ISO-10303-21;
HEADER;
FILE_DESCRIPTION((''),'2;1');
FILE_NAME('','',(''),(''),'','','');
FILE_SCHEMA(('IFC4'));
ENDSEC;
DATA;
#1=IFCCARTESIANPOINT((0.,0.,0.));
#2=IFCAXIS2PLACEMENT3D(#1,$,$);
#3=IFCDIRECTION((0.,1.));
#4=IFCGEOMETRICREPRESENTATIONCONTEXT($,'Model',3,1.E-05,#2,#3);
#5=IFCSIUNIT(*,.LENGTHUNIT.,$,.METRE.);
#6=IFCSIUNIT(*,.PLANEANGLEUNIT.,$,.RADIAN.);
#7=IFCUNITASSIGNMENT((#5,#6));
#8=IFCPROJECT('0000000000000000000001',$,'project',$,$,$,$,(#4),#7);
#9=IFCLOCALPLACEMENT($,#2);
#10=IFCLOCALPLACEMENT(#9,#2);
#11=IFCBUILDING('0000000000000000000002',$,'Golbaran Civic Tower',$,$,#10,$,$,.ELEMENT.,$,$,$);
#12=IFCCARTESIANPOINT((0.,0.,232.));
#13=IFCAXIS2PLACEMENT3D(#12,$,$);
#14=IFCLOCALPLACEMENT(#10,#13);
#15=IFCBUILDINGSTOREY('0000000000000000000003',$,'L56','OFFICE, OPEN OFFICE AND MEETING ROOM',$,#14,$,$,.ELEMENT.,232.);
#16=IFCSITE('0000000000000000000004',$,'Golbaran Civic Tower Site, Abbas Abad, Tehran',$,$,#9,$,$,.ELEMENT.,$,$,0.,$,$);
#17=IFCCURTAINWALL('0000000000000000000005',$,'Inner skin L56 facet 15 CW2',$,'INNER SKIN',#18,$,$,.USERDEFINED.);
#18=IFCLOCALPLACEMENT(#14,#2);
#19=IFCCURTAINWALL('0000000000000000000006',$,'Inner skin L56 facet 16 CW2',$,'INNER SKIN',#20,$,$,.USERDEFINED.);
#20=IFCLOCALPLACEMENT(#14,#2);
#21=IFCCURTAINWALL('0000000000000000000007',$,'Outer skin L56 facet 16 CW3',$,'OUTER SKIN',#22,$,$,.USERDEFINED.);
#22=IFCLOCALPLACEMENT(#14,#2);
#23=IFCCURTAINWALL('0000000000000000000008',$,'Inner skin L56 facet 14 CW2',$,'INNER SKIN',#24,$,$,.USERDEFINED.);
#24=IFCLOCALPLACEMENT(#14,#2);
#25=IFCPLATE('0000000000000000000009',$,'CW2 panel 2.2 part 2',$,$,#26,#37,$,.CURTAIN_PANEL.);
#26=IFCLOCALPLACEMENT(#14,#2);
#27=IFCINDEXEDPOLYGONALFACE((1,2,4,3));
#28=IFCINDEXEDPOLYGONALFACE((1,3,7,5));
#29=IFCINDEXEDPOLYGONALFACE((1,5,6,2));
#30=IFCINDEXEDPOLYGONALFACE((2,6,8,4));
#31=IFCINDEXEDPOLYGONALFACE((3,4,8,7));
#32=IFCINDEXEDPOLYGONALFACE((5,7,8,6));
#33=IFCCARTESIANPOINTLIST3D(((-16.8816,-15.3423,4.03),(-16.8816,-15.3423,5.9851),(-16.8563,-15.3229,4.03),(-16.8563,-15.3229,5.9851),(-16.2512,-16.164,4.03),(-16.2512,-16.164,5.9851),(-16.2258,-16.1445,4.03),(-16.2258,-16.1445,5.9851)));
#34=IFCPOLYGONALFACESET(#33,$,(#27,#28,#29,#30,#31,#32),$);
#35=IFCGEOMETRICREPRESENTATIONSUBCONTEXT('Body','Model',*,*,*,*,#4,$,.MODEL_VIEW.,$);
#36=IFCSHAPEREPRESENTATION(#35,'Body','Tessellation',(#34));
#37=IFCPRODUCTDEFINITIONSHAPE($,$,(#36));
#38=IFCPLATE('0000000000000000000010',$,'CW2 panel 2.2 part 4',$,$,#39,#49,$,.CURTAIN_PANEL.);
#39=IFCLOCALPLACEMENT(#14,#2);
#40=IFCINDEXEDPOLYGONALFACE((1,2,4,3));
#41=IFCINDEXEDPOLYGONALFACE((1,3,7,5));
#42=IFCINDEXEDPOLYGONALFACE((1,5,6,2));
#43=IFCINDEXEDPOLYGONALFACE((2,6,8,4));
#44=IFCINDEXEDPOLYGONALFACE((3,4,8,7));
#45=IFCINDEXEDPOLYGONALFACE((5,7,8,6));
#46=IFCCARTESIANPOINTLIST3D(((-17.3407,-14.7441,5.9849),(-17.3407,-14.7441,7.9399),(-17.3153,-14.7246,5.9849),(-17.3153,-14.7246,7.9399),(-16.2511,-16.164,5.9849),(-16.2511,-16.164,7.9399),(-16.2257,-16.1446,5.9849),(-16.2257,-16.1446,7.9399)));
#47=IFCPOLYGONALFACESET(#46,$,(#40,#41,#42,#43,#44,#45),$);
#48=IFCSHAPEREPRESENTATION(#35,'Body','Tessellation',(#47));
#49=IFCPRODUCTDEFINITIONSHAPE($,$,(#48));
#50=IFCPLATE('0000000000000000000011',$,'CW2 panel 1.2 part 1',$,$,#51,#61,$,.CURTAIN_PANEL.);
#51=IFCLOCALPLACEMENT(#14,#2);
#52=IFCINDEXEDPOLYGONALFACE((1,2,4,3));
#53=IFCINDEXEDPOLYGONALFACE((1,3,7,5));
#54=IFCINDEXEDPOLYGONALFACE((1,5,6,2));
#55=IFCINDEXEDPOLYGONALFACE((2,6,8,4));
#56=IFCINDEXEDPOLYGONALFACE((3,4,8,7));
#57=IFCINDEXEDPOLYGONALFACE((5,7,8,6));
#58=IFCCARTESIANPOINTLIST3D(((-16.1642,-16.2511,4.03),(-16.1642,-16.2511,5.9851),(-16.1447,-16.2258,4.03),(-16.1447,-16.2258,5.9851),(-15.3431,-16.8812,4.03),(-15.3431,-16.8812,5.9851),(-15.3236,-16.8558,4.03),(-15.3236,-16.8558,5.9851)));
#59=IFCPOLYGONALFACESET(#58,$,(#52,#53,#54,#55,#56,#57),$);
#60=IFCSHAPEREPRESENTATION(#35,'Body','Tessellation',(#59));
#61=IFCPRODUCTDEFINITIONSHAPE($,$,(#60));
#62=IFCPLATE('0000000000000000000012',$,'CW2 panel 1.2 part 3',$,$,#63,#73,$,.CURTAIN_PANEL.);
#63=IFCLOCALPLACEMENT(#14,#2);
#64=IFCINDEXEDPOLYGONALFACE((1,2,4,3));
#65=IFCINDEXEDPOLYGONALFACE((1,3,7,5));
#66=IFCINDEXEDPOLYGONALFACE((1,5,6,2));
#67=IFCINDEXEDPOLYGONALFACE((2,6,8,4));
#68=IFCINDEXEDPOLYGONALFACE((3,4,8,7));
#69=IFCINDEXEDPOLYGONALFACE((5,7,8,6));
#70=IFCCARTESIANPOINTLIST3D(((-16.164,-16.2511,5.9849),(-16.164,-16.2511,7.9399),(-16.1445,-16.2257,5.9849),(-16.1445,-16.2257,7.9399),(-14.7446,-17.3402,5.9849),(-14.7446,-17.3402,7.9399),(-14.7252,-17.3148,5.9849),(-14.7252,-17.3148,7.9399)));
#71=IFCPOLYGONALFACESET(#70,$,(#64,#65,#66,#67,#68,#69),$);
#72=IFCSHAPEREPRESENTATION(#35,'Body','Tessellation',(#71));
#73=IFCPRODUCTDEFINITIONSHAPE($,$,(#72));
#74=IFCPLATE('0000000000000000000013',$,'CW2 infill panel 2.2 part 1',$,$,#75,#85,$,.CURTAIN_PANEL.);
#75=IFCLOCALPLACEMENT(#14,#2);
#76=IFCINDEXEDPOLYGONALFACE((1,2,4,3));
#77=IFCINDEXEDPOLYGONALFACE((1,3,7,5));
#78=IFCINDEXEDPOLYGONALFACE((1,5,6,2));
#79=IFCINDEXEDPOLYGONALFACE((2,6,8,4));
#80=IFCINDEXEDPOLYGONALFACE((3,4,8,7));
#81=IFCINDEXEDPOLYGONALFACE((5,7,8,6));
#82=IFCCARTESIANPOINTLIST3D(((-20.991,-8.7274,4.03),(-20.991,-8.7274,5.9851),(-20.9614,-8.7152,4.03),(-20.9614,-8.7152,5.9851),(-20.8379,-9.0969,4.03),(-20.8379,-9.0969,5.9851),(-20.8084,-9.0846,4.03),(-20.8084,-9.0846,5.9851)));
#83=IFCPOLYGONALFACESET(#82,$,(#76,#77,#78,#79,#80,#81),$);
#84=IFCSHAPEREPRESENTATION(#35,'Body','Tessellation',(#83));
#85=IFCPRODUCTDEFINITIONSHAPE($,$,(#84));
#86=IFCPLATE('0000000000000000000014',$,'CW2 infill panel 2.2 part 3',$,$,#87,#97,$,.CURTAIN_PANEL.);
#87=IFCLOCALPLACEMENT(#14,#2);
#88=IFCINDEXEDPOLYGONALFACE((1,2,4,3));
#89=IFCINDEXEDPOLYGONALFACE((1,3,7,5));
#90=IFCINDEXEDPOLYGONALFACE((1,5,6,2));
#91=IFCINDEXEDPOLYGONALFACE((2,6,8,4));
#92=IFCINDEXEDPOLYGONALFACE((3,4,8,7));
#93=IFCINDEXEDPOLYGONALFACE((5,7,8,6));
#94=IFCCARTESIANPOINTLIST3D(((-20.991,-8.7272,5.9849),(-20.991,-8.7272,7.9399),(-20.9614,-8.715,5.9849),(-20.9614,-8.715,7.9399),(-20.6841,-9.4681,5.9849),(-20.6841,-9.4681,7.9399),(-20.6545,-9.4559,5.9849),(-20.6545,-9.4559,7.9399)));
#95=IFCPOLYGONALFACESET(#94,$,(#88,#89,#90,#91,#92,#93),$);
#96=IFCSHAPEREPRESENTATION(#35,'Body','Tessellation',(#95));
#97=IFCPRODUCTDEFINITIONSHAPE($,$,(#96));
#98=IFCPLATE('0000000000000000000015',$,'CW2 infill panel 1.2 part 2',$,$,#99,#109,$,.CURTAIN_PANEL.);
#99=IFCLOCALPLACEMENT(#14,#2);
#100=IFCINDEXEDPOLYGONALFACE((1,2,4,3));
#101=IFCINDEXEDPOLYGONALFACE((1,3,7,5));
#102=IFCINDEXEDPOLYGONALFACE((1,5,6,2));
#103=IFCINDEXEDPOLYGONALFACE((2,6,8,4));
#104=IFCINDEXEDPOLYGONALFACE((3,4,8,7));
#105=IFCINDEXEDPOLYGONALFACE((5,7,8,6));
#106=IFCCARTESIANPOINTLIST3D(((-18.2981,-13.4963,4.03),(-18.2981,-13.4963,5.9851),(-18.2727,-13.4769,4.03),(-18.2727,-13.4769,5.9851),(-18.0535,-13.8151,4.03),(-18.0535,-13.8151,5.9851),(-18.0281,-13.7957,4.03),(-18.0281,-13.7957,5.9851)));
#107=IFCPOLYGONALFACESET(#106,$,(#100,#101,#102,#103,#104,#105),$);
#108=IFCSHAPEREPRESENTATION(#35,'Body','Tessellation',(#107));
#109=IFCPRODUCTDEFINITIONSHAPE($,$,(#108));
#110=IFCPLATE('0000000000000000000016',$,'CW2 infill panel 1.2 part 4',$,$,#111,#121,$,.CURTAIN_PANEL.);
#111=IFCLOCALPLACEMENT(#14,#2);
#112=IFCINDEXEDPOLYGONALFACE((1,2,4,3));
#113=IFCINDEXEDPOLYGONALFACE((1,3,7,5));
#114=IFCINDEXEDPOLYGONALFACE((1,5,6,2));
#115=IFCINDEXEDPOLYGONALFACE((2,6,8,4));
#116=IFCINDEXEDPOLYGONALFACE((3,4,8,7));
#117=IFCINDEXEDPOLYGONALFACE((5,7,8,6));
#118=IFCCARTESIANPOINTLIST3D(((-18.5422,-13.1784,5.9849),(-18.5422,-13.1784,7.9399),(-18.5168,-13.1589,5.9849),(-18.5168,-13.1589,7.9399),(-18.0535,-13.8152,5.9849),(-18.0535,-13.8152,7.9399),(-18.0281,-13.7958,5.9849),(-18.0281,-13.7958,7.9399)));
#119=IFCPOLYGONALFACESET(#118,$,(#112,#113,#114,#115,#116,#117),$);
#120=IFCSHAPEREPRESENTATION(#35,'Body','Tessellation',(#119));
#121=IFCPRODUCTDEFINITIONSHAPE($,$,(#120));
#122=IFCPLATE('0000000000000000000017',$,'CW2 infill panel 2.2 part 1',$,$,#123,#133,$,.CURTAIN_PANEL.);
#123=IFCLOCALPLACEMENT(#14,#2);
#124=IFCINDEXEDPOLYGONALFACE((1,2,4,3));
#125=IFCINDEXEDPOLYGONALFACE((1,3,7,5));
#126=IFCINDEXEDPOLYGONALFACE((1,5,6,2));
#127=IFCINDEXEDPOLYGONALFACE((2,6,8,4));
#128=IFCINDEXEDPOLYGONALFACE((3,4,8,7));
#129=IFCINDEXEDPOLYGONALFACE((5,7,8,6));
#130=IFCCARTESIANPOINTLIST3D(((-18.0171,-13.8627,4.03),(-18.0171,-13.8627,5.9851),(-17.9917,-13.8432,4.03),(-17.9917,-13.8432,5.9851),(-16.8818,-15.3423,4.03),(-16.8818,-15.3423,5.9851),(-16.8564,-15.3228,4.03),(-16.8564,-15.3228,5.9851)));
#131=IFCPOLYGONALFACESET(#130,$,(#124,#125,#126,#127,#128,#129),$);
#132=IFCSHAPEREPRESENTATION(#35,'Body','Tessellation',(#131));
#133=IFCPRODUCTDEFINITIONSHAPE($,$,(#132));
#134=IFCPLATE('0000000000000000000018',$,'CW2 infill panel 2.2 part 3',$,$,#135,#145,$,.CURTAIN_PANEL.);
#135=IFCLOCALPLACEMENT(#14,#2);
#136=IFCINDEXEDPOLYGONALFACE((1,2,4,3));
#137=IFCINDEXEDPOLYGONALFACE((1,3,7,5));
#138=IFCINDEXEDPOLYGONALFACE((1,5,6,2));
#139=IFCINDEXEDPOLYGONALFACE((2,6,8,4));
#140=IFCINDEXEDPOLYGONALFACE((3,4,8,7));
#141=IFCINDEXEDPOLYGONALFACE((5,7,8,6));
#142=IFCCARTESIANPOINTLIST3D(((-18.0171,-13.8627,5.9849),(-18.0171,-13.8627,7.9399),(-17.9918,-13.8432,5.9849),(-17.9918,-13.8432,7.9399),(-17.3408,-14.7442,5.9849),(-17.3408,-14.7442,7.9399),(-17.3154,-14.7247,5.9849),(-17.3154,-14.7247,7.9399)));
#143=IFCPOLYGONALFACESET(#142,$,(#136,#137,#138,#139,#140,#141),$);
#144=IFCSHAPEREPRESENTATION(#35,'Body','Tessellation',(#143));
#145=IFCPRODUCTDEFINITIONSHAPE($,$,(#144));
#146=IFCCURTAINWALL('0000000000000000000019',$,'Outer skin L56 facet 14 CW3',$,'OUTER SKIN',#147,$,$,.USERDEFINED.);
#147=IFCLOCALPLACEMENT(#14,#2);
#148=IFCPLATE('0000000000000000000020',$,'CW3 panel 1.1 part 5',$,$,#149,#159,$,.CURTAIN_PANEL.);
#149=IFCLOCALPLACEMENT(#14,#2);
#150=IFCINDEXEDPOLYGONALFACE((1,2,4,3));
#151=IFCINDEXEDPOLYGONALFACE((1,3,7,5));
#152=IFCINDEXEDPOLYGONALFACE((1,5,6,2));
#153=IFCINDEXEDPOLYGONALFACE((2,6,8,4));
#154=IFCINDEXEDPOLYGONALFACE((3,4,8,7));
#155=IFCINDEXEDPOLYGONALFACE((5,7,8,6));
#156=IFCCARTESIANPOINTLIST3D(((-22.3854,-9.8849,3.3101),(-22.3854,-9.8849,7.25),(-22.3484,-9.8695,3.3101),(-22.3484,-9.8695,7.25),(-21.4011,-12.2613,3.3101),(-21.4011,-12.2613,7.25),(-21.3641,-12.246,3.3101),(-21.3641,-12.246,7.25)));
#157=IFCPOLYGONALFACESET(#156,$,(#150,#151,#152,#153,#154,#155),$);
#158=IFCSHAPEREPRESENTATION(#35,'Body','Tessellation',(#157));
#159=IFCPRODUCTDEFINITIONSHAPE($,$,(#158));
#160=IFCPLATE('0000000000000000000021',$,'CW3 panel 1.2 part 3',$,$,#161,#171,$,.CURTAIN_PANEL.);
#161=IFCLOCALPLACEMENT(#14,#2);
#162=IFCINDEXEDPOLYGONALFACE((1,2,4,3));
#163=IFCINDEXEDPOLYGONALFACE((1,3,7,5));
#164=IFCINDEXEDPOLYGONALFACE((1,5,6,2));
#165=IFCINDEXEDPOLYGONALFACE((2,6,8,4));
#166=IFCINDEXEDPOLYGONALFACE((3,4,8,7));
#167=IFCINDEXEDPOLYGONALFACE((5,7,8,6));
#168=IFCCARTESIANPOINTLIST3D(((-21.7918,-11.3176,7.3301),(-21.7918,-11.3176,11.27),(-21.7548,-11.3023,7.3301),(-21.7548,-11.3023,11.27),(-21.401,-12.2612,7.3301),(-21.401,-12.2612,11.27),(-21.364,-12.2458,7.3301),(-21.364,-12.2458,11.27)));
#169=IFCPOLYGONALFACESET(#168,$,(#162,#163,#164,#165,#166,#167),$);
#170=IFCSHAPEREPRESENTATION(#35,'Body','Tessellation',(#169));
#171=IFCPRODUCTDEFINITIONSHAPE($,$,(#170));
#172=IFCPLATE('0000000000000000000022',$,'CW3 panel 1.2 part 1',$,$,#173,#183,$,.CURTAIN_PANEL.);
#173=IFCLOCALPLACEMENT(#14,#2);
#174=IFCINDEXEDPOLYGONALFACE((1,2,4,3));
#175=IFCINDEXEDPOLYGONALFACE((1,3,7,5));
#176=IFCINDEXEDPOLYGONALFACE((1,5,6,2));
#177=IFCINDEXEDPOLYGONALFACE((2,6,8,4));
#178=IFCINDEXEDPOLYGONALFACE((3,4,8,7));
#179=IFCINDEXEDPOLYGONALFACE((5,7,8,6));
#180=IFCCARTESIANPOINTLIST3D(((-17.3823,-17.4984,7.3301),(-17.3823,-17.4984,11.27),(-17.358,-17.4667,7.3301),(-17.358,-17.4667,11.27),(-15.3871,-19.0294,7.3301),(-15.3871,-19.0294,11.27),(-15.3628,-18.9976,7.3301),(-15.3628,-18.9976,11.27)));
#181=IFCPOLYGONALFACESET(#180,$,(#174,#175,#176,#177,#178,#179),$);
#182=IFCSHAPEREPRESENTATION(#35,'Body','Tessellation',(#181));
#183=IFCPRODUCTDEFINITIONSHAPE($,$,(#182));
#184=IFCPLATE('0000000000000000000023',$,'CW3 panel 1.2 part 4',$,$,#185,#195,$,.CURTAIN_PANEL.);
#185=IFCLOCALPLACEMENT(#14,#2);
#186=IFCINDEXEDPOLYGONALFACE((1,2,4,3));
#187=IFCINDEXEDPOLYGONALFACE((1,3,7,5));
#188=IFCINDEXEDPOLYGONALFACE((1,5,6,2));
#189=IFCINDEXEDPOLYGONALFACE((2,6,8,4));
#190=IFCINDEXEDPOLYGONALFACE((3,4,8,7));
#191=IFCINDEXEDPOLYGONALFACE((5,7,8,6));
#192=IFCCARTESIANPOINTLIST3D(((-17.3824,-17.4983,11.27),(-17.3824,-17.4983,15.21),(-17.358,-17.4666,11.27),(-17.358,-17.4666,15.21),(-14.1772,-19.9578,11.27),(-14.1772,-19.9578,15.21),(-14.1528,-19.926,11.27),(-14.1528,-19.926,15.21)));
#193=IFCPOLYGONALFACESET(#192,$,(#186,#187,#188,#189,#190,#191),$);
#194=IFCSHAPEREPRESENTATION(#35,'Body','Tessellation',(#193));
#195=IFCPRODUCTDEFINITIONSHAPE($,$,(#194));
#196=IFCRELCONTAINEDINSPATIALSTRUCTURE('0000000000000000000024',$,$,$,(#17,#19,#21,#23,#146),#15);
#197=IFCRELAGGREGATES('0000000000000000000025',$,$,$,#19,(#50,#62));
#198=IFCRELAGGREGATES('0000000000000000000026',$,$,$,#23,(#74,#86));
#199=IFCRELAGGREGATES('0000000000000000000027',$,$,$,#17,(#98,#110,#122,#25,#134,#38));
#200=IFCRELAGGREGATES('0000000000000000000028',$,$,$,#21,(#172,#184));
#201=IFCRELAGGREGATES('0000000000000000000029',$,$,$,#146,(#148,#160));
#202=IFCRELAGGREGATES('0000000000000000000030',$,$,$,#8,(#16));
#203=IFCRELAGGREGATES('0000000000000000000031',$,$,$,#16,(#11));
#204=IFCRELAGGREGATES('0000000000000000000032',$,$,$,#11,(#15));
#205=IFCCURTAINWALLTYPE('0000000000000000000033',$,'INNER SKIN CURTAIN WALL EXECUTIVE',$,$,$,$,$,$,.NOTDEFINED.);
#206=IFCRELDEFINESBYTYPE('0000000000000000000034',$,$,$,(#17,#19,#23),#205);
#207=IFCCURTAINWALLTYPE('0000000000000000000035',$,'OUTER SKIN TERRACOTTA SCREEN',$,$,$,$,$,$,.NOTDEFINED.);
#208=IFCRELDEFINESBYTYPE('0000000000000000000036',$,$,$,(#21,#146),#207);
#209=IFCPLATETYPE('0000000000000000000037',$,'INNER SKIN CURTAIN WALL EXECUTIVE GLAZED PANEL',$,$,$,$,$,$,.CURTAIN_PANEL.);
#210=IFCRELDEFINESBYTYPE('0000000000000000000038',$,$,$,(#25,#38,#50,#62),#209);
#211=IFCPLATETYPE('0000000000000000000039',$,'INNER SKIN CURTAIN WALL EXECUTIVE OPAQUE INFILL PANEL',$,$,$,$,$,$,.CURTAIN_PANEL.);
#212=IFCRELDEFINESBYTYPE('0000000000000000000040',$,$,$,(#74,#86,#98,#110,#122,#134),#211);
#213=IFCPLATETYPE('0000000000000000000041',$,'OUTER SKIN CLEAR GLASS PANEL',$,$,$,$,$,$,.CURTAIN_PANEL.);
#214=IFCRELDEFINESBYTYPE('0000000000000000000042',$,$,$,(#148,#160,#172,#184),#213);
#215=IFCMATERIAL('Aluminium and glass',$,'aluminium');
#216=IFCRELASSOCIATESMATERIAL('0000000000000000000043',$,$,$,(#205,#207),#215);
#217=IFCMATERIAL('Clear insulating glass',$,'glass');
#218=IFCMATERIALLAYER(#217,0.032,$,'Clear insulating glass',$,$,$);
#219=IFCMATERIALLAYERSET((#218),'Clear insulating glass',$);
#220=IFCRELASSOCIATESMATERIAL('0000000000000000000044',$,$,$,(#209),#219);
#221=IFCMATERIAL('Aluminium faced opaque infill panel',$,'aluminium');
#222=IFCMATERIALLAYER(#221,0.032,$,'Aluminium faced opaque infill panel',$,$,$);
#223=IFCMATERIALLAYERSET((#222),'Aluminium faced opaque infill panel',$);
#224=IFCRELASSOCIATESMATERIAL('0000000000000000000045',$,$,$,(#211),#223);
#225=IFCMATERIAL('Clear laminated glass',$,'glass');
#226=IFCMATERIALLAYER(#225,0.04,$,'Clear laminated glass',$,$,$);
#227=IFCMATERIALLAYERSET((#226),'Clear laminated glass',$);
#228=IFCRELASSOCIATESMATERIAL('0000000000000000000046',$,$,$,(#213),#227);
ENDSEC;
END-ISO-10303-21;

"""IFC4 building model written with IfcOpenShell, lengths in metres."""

from ifc_helpers import new_model, si_unit, direction, frame, origin, origin_2d, place, context, subcontext, project, spatial, rectangle, extrude, material, layer, layer_set, type_object, element, aggregate, save


model = new_model("IFC4")

# Units and contexts
model_context = context("Model", 3, precision=1e-05, world=origin(), true_north=direction((0.0, 1.0)))
body_context = subcontext(model_context, "Body", "Model", "MODEL_VIEW")
ifc_project = project(units=[si_unit("LENGTHUNIT", "METRE"), si_unit("PLANEANGLEUNIT", "RADIAN")], contexts=[model_context])

# Site, building, storey
site_placement = place(None, origin())
site = spatial("IfcSite", under=ifc_project, at=site_placement, Name="Golbaran Civic Tower Site, Abbas Abad, Tehran", CompositionType="ELEMENT", RefElevation=0.0)
building_placement = place(site_placement, origin())
building = spatial("IfcBuilding", under=site, at=building_placement, Name="Golbaran Civic Tower", CompositionType="ELEMENT")
storey_placement = place(building_placement, frame((0.0, 0.0, 232.0)))
storey = spatial("IfcBuildingStorey", under=building, at=storey_placement, Name="L56", Description="OFFICE, OPEN OFFICE AND MEETING ROOM", CompositionType="ELEMENT", Elevation=232.0)

# Curtain walls
ifc_material_1 = material(Name="Aluminium and glass", Category="aluminium")
curtain_wall_type_1 = type_object("IfcCurtainWallType", Name="INNER SKIN CURTAIN WALL EXECUTIVE", PredefinedType="NOTDEFINED", material=ifc_material_1)
curtain_wall_1_placement = place(storey_placement, origin())
curtain_wall_1 = element("IfcCurtainWall", 1, at=curtain_wall_1_placement, inside=storey, type_object=curtain_wall_type_1, Name="Inner skin L56 facet 15 CW2", ObjectType="INNER SKIN", PredefinedType="USERDEFINED")
curtain_wall_2_placement = place(storey_placement, origin())
curtain_wall_2 = element("IfcCurtainWall", 2, at=curtain_wall_2_placement, inside=storey, type_object=curtain_wall_type_1, Name="Inner skin L56 facet 16 CW2", ObjectType="INNER SKIN", PredefinedType="USERDEFINED")
curtain_wall_type_2 = type_object("IfcCurtainWallType", Name="OUTER SKIN TERRACOTTA SCREEN", PredefinedType="NOTDEFINED", material=ifc_material_1)
curtain_wall_3_placement = place(storey_placement, origin())
curtain_wall_3 = element("IfcCurtainWall", 3, at=curtain_wall_3_placement, inside=storey, type_object=curtain_wall_type_2, Name="Outer skin L56 facet 16 CW3", ObjectType="OUTER SKIN", PredefinedType="USERDEFINED")

# Curtain wall
curtain_wall_4_placement = place(storey_placement, origin())
curtain_wall_4 = element("IfcCurtainWall", 4, at=curtain_wall_4_placement, inside=storey, type_object=curtain_wall_type_1, Name="Inner skin L56 facet 14 CW2", ObjectType="INNER SKIN", PredefinedType="USERDEFINED")
ifc_material_2 = material(Name="Clear insulating glass", Category="glass")
ifc_layer_1 = layer(ifc_material_2, 0.032, Name="Clear insulating glass")
ifc_layer_set_1 = layer_set([ifc_layer_1], Name="Clear insulating glass")
plate_type_1 = type_object("IfcPlateType", Name="INNER SKIN CURTAIN WALL EXECUTIVE GLAZED PANEL", PredefinedType="CURTAIN_PANEL", material=ifc_layer_set_1)

# Plates
plate_1_placement = place(storey_placement, frame((-16.5537, -15.7434, 4.03), z_axis=(0.0, 0.0, 1.0), x_axis=(0.608761, -0.793353, 0.0)))
plate_1 = element("IfcPlate", 5, at=plate_1_placement, type_object=plate_type_1, Name="CW2 panel 2.2 part 2", PredefinedType="CURTAIN_PANEL", context=body_context, shape_type="SweptSolid", body=[
    extrude(rectangle(XDim=1.0356, YDim=0.032, at=origin_2d()), origin(), (0.0, 0.0, 1.0), 1.9551),
])
plate_2_placement = place(storey_placement, frame((-16.7832, -15.4443, 5.9849), z_axis=(0.0, 0.0, 1.0), x_axis=(0.608761, -0.793353, 0.0)))
plate_2 = element("IfcPlate", 6, at=plate_2_placement, type_object=plate_type_1, Name="CW2 panel 2.2 part 4", PredefinedType="CURTAIN_PANEL", context=body_context, shape_type="SweptSolid", body=[
    extrude(rectangle(XDim=1.7898, YDim=0.032, at=origin_2d()), origin(), (0.0, 0.0, 1.0), 1.9551),
])
plate_3_placement = place(storey_placement, frame((-15.7439, -16.5535, 4.03), z_axis=(0.0, 0.0, 1.0), x_axis=(0.793353, -0.608761, 0.0)))
plate_3 = element("IfcPlate", 7, at=plate_3_placement, type_object=plate_type_1, Name="CW2 panel 1.2 part 1", PredefinedType="CURTAIN_PANEL", context=body_context, shape_type="SweptSolid", body=[
    extrude(rectangle(XDim=1.0349, YDim=0.032, at=origin_2d()), origin(), (0.0, 0.0, 1.0), 1.9551),
])
plate_4_placement = place(storey_placement, frame((-15.4446, -16.783, 5.9849), z_axis=(0.0, 0.0, 1.0), x_axis=(0.793353, -0.608761, 0.0)))
plate_4 = element("IfcPlate", 8, at=plate_4_placement, type_object=plate_type_1, Name="CW2 panel 1.2 part 3", PredefinedType="CURTAIN_PANEL", context=body_context, shape_type="SweptSolid", body=[
    extrude(rectangle(XDim=1.7891, YDim=0.032, at=origin_2d()), origin(), (0.0, 0.0, 1.0), 1.9551),
])
aggregate(curtain_wall_2, [plate_3, plate_4])
ifc_material_3 = material(Name="Aluminium faced opaque infill panel", Category="aluminium")
ifc_layer_2 = layer(ifc_material_3, 0.032, Name="Aluminium faced opaque infill panel")
ifc_layer_set_2 = layer_set([ifc_layer_2], Name="Aluminium faced opaque infill panel")
plate_type_2 = type_object("IfcPlateType", Name="INNER SKIN CURTAIN WALL EXECUTIVE OPAQUE INFILL PANEL", PredefinedType="CURTAIN_PANEL", material=ifc_layer_set_2)
plate_5_placement = place(storey_placement, frame((-20.8997, -8.906, 4.03), z_axis=(0.0, 0.0, 1.0), x_axis=(0.382683, -0.92388, 0.0)))
plate_5 = element("IfcPlate", 9, at=plate_5_placement, type_object=plate_type_2, Name="CW2 infill panel 2.2 part 1", PredefinedType="CURTAIN_PANEL", context=body_context, shape_type="SweptSolid", body=[
    extrude(rectangle(XDim=0.3999, YDim=0.032, at=origin_2d()), origin(), (0.0, 0.0, 1.0), 1.9551),
])
plate_6_placement = place(storey_placement, frame((-20.8228, -9.0916, 5.9849), z_axis=(0.0, 0.0, 1.0), x_axis=(0.382683, -0.92388, 0.0)))
plate_6 = element("IfcPlate", 10, at=plate_6_placement, type_object=plate_type_2, Name="CW2 infill panel 2.2 part 3", PredefinedType="CURTAIN_PANEL", context=body_context, shape_type="SweptSolid", body=[
    extrude(rectangle(XDim=0.802, YDim=0.032, at=origin_2d()), origin(), (0.0, 0.0, 1.0), 1.9551),
])
aggregate(curtain_wall_4, [plate_5, plate_6])
plate_7_placement = place(storey_placement, frame((-18.1631, -13.646, 4.03), z_axis=(0.0, 0.0, 1.0), x_axis=(0.608761, -0.793353, 0.0)))
plate_7 = element("IfcPlate", 11, at=plate_7_placement, type_object=plate_type_2, Name="CW2 infill panel 1.2 part 2", PredefinedType="CURTAIN_PANEL", context=body_context, shape_type="SweptSolid", body=[
    extrude(rectangle(XDim=0.4019, YDim=0.032, at=origin_2d()), origin(), (0.0, 0.0, 1.0), 1.9551),
])
plate_8_placement = place(storey_placement, frame((-18.2852, -13.4871, 5.9849), z_axis=(0.0, 0.0, 1.0), x_axis=(0.608761, -0.793353, 0.0)))
plate_8 = element("IfcPlate", 12, at=plate_8_placement, type_object=plate_type_2, Name="CW2 infill panel 1.2 part 4", PredefinedType="CURTAIN_PANEL", context=body_context, shape_type="SweptSolid", body=[
    extrude(rectangle(XDim=0.8027, YDim=0.032, at=origin_2d()), origin(), (0.0, 0.0, 1.0), 1.9551),
])
plate_9_placement = place(storey_placement, frame((-17.4368, -14.5928, 4.03), z_axis=(0.0, 0.0, 1.0), x_axis=(0.608761, -0.793353, 0.0)))
plate_9 = element("IfcPlate", 13, at=plate_9_placement, type_object=plate_type_2, Name="CW2 infill panel 2.2 part 1", PredefinedType="CURTAIN_PANEL", context=body_context, shape_type="SweptSolid", body=[
    extrude(rectangle(XDim=1.865, YDim=0.032, at=origin_2d()), origin(), (0.0, 0.0, 1.0), 1.9551),
])
plate_10_placement = place(storey_placement, frame((-17.6663, -14.2937, 5.9849), z_axis=(0.0, 0.0, 1.0), x_axis=(0.608761, -0.793353, 0.0)))
plate_10 = element("IfcPlate", 14, at=plate_10_placement, type_object=plate_type_2, Name="CW2 infill panel 2.2 part 3", PredefinedType="CURTAIN_PANEL", context=body_context, shape_type="SweptSolid", body=[
    extrude(rectangle(XDim=1.1111, YDim=0.032, at=origin_2d()), origin(), (0.0, 0.0, 1.0), 1.9551),
])
aggregate(curtain_wall_1, [plate_7, plate_8, plate_9, plate_1, plate_10, plate_2])

# Curtain wall, plates
curtain_wall_5_placement = place(storey_placement, origin())
curtain_wall_5 = element("IfcCurtainWall", 15, at=curtain_wall_5_placement, inside=storey, type_object=curtain_wall_type_2, Name="Outer skin L56 facet 14 CW3", ObjectType="OUTER SKIN", PredefinedType="USERDEFINED")
ifc_material_4 = material(Name="Clear laminated glass", Category="glass")
ifc_layer_3 = layer(ifc_material_4, 0.04, Name="Clear laminated glass")
ifc_layer_set_3 = layer_set([ifc_layer_3], Name="Clear laminated glass")
plate_type_3 = type_object("IfcPlateType", Name="OUTER SKIN CLEAR GLASS PANEL", PredefinedType="CURTAIN_PANEL", material=ifc_layer_set_3)
plate_11_placement = place(storey_placement, frame((-21.8748, -11.0654, 3.3101), z_axis=(0.0, 0.0, 1.0), x_axis=(0.382683, -0.92388, 0.0)))
plate_11 = element("IfcPlate", 16, at=plate_11_placement, type_object=plate_type_3, Name="CW3 panel 1.1 part 5", PredefinedType="CURTAIN_PANEL", context=body_context, shape_type="SweptSolid", body=[
    extrude(rectangle(XDim=2.5723, YDim=0.04, at=origin_2d()), origin(), (0.0, 0.0, 1.0), 3.9399),
])
plate_12_placement = place(storey_placement, frame((-21.5779, -11.7817, 7.3301), z_axis=(0.0, 0.0, 1.0), x_axis=(0.382683, -0.92388, 0.0)))
plate_12 = element("IfcPlate", 17, at=plate_12_placement, type_object=plate_type_3, Name="CW3 panel 1.2 part 3", PredefinedType="CURTAIN_PANEL", context=body_context, shape_type="SweptSolid", body=[
    extrude(rectangle(XDim=1.0212, YDim=0.04, at=origin_2d()), origin(), (0.0, 0.0, 1.0), 3.9399),
])

# Plates
plate_13_placement = place(storey_placement, frame((-16.3726, -18.248, 7.3301), z_axis=(0.0, 0.0, 1.0), x_axis=(0.793353, -0.608761, 0.0)))
plate_13 = element("IfcPlate", 18, at=plate_13_placement, type_object=plate_type_3, Name="CW3 panel 1.2 part 1", PredefinedType="CURTAIN_PANEL", context=body_context, shape_type="SweptSolid", body=[
    extrude(rectangle(XDim=2.5149, YDim=0.04, at=origin_2d()), origin(), (0.0, 0.0, 1.0), 3.9399),
])
plate_14_placement = place(storey_placement, frame((-15.7676, -18.7122, 11.27), z_axis=(0.0, 0.0, 1.0), x_axis=(0.793353, -0.608761, 0.0)))
plate_14 = element("IfcPlate", 19, at=plate_14_placement, type_object=plate_type_3, Name="CW3 panel 1.2 part 4", PredefinedType="CURTAIN_PANEL", context=body_context, shape_type="SweptSolid", body=[
    extrude(rectangle(XDim=4.04, YDim=0.04, at=origin_2d()), origin(), (0.0, 0.0, 1.0), 3.9399),
])
aggregate(curtain_wall_3, [plate_13, plate_14])
aggregate(curtain_wall_5, [plate_11, plate_12])

save(model, "model.ifc")
